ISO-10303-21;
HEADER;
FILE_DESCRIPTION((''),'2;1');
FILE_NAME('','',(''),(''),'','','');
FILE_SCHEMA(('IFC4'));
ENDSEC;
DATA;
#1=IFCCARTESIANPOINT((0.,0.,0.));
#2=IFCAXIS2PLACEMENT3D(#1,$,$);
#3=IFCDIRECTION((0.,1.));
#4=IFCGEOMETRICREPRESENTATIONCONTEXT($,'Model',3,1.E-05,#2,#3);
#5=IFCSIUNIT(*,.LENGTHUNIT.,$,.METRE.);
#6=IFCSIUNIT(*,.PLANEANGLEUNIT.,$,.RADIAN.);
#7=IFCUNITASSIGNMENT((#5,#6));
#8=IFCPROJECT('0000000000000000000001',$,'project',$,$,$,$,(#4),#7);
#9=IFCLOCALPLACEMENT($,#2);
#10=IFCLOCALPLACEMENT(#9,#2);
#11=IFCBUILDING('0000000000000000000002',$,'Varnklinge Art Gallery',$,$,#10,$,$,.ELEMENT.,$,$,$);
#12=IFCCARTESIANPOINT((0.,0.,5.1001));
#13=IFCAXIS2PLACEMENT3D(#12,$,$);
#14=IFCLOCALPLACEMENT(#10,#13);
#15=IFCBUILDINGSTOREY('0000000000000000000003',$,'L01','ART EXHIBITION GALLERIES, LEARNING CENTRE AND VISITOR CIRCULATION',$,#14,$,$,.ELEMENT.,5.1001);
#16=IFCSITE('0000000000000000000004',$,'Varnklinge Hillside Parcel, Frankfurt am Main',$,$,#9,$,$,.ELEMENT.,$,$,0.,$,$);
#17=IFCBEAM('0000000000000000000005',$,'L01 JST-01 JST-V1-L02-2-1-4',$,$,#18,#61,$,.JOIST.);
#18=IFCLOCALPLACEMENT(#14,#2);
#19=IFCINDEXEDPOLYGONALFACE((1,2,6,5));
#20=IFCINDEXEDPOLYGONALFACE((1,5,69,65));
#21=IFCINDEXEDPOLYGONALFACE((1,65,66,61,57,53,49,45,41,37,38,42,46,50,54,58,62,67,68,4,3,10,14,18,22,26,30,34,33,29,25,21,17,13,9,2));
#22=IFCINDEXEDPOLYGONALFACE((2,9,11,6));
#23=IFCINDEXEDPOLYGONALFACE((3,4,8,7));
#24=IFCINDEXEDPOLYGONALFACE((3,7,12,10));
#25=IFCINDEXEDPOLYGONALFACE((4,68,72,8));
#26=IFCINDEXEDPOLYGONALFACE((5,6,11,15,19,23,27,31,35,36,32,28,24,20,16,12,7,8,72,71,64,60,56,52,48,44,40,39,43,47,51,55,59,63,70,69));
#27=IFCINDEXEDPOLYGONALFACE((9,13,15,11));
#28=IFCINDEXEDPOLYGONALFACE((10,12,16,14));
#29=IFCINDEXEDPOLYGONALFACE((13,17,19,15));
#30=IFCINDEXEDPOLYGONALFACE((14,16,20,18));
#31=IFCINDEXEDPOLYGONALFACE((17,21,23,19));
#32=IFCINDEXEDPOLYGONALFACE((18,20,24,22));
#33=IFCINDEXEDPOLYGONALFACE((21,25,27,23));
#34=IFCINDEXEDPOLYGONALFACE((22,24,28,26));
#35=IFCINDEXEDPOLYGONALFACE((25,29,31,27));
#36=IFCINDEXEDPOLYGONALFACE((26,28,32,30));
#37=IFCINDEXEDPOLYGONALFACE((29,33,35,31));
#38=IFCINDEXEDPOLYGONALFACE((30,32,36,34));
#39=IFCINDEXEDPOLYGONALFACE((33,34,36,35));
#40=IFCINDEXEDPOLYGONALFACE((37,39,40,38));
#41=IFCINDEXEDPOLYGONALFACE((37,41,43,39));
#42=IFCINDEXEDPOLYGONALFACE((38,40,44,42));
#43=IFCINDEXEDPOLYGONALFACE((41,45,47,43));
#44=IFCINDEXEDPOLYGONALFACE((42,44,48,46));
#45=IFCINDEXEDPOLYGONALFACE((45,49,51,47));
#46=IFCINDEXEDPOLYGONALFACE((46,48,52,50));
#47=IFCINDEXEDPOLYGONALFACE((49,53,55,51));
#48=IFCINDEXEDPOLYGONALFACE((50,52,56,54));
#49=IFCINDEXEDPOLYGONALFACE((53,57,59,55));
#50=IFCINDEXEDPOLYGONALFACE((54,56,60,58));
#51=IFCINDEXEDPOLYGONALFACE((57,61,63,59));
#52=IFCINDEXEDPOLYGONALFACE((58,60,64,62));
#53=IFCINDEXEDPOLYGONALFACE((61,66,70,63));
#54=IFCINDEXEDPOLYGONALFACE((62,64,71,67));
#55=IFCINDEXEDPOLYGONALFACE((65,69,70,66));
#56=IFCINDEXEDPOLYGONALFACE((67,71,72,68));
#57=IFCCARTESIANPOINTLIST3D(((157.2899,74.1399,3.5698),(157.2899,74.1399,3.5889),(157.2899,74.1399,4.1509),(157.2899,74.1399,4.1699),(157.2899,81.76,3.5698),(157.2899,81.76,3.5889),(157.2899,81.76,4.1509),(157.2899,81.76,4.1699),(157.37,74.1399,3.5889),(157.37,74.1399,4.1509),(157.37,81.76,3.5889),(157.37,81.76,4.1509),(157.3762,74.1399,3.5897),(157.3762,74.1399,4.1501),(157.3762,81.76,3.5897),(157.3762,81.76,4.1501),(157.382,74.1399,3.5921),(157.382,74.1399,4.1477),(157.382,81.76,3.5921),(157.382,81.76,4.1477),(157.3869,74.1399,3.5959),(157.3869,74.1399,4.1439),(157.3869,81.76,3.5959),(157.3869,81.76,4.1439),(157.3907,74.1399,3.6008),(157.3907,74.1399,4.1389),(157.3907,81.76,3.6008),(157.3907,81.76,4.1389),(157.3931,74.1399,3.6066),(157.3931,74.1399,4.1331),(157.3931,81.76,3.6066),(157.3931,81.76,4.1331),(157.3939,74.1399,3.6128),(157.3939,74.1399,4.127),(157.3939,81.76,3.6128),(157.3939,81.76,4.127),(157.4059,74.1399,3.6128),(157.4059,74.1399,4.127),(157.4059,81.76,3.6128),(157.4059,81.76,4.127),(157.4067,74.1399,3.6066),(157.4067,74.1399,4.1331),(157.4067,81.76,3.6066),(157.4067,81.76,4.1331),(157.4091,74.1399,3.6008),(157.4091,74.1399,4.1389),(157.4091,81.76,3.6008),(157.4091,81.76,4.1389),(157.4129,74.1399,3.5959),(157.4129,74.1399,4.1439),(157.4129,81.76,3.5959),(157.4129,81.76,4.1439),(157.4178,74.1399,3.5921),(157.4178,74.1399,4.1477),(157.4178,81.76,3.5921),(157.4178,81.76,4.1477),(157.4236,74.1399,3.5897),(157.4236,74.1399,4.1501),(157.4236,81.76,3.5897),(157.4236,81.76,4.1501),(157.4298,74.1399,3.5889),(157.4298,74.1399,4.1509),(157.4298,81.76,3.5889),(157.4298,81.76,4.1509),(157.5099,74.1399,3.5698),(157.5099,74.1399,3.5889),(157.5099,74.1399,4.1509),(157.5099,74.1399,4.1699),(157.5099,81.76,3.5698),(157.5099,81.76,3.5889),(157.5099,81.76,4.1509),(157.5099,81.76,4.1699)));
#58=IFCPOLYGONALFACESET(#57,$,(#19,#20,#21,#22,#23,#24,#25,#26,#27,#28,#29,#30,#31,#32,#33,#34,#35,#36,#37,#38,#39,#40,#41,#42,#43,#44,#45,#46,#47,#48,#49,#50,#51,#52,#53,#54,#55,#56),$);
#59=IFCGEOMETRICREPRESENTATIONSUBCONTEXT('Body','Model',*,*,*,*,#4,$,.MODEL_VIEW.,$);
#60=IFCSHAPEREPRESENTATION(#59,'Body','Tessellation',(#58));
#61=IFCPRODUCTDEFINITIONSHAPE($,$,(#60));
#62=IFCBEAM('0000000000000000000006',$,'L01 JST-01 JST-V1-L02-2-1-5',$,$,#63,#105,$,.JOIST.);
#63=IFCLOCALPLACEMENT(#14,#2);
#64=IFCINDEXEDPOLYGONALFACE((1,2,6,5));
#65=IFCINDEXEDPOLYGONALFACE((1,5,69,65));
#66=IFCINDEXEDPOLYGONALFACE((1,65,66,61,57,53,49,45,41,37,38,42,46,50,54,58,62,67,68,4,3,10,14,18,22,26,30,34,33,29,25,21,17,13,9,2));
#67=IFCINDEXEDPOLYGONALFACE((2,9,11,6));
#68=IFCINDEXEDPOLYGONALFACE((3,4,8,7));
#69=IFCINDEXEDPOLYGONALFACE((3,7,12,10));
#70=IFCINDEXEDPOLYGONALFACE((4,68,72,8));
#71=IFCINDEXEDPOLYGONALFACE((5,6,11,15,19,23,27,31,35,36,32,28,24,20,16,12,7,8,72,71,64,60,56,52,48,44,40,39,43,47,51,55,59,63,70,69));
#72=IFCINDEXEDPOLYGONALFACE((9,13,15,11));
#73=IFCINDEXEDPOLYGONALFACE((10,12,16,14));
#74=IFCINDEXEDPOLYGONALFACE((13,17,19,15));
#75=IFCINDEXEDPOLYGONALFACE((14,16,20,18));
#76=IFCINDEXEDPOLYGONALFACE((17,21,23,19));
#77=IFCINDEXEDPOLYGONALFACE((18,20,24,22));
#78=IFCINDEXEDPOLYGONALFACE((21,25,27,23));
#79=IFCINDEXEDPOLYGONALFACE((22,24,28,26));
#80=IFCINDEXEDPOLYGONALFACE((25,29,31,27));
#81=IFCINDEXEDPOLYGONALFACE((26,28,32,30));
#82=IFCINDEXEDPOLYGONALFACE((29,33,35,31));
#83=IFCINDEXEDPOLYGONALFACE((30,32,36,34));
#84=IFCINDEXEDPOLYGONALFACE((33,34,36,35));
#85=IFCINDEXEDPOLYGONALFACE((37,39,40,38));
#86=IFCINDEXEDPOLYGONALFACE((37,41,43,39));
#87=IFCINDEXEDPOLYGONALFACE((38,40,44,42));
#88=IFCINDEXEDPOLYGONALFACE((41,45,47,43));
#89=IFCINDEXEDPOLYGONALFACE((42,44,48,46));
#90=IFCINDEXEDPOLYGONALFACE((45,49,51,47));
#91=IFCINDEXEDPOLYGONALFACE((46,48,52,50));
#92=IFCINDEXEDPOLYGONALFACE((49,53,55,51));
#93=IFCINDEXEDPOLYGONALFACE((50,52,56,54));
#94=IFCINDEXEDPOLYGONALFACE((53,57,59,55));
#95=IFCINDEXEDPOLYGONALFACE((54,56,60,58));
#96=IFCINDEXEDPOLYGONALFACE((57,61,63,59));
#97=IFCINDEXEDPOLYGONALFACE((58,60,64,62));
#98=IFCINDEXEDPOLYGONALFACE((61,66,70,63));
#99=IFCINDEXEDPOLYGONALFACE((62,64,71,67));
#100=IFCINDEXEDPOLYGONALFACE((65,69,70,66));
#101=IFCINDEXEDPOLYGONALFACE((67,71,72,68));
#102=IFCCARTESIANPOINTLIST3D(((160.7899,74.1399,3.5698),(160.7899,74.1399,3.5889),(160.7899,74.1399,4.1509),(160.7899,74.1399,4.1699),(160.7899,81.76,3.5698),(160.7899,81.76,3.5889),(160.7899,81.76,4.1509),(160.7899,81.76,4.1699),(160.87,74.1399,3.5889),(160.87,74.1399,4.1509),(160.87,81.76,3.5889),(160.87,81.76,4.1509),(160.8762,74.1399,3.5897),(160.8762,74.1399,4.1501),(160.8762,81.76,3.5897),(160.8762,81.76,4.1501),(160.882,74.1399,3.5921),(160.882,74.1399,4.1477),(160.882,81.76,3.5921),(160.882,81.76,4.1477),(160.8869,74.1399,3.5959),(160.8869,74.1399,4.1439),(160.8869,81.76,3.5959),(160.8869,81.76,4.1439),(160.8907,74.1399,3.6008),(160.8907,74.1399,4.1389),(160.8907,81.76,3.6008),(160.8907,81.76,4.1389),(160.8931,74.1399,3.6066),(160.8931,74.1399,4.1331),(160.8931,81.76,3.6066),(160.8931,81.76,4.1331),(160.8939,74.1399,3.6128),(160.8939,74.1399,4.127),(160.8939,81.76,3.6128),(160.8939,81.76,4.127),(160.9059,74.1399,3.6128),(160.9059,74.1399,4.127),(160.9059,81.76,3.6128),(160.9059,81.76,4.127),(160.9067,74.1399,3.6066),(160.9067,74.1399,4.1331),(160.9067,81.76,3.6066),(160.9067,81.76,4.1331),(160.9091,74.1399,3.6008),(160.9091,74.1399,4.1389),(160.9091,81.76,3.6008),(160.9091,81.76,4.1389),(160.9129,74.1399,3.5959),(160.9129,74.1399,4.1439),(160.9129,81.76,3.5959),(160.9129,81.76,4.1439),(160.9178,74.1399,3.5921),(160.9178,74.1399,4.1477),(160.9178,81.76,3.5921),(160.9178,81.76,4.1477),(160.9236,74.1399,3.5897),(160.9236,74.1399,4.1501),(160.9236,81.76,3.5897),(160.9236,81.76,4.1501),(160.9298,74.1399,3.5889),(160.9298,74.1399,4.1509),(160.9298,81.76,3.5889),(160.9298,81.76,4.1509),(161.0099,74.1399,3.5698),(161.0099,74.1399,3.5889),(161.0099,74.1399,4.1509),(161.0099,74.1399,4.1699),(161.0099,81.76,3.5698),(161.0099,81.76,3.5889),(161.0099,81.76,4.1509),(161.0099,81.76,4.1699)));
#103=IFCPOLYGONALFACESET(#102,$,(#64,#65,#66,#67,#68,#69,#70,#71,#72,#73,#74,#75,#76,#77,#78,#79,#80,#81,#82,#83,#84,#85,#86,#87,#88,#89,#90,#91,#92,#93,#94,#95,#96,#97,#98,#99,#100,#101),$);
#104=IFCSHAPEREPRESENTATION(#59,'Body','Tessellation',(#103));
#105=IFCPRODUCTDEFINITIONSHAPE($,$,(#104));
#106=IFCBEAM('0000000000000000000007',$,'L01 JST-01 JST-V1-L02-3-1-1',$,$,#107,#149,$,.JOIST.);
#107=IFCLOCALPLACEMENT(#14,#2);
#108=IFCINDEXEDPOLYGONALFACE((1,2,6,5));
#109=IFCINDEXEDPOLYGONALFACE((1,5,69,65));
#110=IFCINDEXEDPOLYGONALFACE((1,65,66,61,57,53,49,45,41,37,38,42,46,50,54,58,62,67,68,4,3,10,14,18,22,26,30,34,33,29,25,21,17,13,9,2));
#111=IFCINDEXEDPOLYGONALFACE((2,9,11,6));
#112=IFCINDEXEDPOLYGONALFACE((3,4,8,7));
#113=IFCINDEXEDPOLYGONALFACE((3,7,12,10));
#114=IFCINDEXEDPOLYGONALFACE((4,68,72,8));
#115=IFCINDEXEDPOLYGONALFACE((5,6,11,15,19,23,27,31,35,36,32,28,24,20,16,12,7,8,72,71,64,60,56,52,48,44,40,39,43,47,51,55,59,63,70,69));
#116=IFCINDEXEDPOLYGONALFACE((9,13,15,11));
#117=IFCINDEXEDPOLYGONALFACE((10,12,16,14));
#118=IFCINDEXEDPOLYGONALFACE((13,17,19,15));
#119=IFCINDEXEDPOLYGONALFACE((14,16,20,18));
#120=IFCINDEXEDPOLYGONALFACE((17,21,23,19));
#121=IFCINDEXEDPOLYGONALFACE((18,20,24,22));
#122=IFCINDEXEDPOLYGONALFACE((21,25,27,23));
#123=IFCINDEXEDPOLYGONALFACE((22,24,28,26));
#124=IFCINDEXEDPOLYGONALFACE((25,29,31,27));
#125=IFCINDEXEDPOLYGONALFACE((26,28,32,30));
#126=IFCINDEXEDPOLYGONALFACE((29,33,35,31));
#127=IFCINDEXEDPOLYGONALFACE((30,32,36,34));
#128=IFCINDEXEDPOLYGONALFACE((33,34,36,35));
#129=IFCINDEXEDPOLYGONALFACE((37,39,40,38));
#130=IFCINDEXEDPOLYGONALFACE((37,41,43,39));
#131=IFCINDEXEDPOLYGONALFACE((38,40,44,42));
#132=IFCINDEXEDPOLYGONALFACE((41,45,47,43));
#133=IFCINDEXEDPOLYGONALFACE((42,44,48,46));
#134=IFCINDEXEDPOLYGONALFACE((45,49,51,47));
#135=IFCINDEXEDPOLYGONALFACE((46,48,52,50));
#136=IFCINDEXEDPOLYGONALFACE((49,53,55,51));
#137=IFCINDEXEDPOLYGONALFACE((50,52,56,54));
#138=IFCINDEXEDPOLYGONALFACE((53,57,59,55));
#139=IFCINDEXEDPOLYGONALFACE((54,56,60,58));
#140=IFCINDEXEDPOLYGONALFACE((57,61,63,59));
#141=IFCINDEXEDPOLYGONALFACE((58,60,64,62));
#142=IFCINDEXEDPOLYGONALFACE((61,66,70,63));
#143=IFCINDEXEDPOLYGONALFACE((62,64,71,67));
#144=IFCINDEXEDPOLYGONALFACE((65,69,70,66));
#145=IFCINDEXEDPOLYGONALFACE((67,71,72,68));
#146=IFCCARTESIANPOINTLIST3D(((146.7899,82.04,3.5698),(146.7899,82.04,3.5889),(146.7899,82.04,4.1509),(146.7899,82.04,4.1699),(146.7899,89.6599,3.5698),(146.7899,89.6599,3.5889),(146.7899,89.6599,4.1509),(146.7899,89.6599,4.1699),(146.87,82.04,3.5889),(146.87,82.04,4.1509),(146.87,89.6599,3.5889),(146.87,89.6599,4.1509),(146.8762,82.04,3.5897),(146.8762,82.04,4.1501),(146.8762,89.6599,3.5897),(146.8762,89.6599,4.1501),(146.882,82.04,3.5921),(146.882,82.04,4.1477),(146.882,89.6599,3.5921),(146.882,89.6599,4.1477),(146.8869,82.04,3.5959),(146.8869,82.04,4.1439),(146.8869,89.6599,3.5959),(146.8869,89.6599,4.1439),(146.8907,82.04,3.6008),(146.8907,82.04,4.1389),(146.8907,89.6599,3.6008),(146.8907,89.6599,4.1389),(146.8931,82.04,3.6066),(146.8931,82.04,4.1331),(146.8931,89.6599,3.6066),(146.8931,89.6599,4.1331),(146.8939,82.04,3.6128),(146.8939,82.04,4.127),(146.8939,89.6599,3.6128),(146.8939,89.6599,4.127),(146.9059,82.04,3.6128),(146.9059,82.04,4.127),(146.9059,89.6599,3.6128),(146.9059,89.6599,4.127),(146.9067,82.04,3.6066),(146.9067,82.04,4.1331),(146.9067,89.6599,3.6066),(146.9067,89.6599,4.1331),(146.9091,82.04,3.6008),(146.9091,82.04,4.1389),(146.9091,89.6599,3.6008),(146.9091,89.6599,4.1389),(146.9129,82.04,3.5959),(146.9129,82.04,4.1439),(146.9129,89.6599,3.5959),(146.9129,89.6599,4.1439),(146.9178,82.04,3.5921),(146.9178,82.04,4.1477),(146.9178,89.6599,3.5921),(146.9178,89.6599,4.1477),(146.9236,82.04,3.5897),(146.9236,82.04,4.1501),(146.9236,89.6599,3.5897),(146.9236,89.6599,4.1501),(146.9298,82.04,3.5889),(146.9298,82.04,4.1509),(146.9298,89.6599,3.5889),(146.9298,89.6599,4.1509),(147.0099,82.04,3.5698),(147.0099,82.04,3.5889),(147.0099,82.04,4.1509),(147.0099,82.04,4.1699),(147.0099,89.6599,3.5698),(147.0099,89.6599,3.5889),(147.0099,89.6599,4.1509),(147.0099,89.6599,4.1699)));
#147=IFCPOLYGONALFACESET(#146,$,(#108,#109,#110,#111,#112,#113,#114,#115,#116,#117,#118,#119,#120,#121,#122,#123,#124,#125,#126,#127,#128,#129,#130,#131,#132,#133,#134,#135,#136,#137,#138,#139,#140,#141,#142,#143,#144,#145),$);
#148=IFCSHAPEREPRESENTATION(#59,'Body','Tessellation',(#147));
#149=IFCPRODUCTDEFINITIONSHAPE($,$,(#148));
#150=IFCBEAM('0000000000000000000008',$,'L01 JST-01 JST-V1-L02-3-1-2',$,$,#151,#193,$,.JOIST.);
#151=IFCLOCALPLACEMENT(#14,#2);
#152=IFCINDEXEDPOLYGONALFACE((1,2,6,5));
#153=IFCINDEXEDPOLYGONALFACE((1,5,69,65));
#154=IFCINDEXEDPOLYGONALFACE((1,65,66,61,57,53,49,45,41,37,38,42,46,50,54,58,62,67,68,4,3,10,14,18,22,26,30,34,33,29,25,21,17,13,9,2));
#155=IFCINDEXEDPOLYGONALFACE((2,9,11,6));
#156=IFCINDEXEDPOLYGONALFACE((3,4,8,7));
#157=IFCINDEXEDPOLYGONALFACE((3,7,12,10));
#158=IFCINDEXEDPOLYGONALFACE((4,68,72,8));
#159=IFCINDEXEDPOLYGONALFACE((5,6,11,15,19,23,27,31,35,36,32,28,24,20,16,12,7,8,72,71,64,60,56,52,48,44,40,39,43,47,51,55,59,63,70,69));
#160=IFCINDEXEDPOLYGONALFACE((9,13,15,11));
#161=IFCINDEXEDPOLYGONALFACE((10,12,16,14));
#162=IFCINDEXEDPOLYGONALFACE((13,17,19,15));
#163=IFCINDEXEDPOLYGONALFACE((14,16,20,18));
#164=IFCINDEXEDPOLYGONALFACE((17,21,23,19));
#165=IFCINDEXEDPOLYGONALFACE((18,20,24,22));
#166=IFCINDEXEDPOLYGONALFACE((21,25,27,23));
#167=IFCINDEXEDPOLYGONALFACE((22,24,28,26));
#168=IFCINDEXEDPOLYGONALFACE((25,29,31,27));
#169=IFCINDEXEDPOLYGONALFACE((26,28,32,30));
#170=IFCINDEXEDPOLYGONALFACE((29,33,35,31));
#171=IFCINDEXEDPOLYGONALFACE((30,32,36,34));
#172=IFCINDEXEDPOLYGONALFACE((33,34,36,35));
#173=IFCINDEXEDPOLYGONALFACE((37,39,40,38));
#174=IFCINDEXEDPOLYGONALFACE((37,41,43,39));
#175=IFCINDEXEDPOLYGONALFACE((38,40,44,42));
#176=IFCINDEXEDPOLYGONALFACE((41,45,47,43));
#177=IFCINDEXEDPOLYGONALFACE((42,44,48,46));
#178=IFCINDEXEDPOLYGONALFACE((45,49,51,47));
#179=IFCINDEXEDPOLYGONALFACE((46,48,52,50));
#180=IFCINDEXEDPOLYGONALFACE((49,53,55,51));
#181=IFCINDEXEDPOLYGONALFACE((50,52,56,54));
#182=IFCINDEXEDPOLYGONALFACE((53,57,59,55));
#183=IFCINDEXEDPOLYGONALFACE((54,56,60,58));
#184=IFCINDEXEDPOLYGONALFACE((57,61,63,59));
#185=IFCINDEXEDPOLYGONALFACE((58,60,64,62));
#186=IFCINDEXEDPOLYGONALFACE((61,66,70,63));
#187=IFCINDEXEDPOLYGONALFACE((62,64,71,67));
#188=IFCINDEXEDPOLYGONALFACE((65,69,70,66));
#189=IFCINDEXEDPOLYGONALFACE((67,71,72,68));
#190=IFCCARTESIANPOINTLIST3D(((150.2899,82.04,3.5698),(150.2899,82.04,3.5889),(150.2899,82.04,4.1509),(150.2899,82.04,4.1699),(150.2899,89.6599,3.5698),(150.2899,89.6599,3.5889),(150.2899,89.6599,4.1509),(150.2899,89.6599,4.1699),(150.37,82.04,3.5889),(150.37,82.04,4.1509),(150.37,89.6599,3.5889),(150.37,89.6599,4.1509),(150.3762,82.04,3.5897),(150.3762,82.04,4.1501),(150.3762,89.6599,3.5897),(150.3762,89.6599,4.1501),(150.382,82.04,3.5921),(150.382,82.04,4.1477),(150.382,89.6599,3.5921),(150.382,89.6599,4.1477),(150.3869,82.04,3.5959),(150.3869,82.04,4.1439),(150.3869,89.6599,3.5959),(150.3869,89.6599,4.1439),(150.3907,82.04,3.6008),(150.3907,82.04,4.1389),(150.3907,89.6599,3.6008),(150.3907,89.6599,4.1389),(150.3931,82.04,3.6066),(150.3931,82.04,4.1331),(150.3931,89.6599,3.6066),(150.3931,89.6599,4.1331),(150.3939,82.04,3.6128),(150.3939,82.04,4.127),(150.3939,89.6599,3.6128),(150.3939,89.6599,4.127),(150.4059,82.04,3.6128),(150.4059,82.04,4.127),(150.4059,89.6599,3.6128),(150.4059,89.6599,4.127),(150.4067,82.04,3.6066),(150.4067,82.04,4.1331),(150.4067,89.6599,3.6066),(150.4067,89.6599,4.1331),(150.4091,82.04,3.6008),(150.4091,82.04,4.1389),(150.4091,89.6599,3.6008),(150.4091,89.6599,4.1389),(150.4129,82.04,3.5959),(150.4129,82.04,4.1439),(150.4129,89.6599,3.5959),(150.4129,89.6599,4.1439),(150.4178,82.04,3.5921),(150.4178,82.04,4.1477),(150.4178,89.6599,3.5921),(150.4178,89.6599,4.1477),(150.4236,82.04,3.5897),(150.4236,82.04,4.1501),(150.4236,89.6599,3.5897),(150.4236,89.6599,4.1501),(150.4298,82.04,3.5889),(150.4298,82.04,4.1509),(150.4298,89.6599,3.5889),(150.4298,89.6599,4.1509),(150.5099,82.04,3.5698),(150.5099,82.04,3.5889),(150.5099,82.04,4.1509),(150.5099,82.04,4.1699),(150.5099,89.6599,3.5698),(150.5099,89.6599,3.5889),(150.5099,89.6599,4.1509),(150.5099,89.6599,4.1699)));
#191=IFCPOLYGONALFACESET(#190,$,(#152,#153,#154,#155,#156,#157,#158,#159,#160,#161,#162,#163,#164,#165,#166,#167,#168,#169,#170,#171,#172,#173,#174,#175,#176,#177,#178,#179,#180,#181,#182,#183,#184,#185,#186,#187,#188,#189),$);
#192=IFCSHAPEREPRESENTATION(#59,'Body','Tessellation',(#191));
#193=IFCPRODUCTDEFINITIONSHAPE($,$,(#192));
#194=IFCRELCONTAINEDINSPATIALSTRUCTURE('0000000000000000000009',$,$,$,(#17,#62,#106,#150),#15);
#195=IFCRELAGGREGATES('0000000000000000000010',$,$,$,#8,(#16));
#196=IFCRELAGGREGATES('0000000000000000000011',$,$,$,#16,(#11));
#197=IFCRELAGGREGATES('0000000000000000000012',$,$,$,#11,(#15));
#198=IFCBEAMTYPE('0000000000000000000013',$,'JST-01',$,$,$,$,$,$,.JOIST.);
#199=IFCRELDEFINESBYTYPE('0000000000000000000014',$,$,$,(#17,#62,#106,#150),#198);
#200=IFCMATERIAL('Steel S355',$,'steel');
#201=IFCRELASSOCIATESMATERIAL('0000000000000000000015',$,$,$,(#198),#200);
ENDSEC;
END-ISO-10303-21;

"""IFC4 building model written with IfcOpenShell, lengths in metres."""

from ifc_helpers import new_model, si_unit, direction, frame, origin, origin_2d, place, context, subcontext, project, spatial, i_section, extrude, material, material_profile, profile_set, type_object, element, save


model = new_model("IFC4")

# Units and contexts
model_context = context("Model", 3, precision=1e-05, world=origin(), true_north=direction((0.0, 1.0)))
body_context = subcontext(model_context, "Body", "Model", "MODEL_VIEW")
ifc_project = project(units=[si_unit("LENGTHUNIT", "METRE"), si_unit("PLANEANGLEUNIT", "RADIAN")], contexts=[model_context])

# Site, building, storey
site_placement = place(None, origin())
site = spatial("IfcSite", under=ifc_project, at=site_placement, Name="Varnklinge Hillside Parcel, Frankfurt am Main", CompositionType="ELEMENT", RefElevation=0.0)
building_placement = place(site_placement, origin())
building = spatial("IfcBuilding", under=site, at=building_placement, Name="Varnklinge Art Gallery", CompositionType="ELEMENT")
storey_placement = place(building_placement, frame((0.0, 0.0, 5.1001)))
storey = spatial("IfcBuildingStorey", under=building, at=storey_placement, Name="L01", Description="ART EXHIBITION GALLERIES, LEARNING CENTRE AND VISITOR CIRCULATION", CompositionType="ELEMENT", Elevation=5.1001)

# Beams
ifc_material_1 = material(Name="Steel S355", Category="steel")
ifc_material_profile_1 = material_profile(ifc_material_1, i_section(OverallWidth=0.22, OverallDepth=0.6001, WebThickness=0.012, FlangeThickness=0.019, FilletRadius=0.0239, at=origin_2d()), Name="IPE 600")
ifc_profile_set_1 = profile_set([ifc_material_profile_1], Name="Steel S355")
beam_type_1 = type_object("IfcBeamType", Name="JST-01", PredefinedType="JOIST", material=ifc_profile_set_1)
for number, where, z_axis, x_axis, name in (
    (1, (157.3999, 74.1399, 3.8699), (0.0, 1.0, 0.0), (-1.0, 0.0, 0.0), "L01 JST-01 JST-V1-L02-2-1-4"),
    (2, (160.8999, 74.1399, 3.8699), (0.0, 1.0, 0.0), (-1.0, 0.0, 0.0), "L01 JST-01 JST-V1-L02-2-1-5"),
):
    element("IfcBeam", number, at=place(storey_placement, frame(where, z_axis=z_axis, x_axis=x_axis)), inside=storey, type_object=beam_type_1, Name=name, PredefinedType="JOIST", context=body_context, shape_type="SweptSolid", body=[
        extrude(i_section(OverallWidth=0.22, OverallDepth=0.6001, WebThickness=0.012, FlangeThickness=0.019, FilletRadius=0.0239, at=origin_2d()), origin(), (0.0, 0.0, 1.0), 7.6201),
    ])
for number, where, z_axis, x_axis, name in (
    (3, (146.8999, 82.04, 3.8699), (0.0, 1.0, 0.0), (-1.0, 0.0, 0.0), "L01 JST-01 JST-V1-L02-3-1-1"),
    (4, (150.3999, 82.04, 3.8699), (0.0, 1.0, 0.0), (-1.0, 0.0, 0.0), "L01 JST-01 JST-V1-L02-3-1-2"),
):
    element("IfcBeam", number, at=place(storey_placement, frame(where, z_axis=z_axis, x_axis=x_axis)), inside=storey, type_object=beam_type_1, Name=name, PredefinedType="JOIST", context=body_context, shape_type="SweptSolid", body=[
        extrude(i_section(OverallWidth=0.22, OverallDepth=0.6001, WebThickness=0.012, FlangeThickness=0.019, FilletRadius=0.0239, at=origin_2d()), origin(), (0.0, 0.0, 1.0), 7.6199),
    ])

save(model, "model.ifc")
